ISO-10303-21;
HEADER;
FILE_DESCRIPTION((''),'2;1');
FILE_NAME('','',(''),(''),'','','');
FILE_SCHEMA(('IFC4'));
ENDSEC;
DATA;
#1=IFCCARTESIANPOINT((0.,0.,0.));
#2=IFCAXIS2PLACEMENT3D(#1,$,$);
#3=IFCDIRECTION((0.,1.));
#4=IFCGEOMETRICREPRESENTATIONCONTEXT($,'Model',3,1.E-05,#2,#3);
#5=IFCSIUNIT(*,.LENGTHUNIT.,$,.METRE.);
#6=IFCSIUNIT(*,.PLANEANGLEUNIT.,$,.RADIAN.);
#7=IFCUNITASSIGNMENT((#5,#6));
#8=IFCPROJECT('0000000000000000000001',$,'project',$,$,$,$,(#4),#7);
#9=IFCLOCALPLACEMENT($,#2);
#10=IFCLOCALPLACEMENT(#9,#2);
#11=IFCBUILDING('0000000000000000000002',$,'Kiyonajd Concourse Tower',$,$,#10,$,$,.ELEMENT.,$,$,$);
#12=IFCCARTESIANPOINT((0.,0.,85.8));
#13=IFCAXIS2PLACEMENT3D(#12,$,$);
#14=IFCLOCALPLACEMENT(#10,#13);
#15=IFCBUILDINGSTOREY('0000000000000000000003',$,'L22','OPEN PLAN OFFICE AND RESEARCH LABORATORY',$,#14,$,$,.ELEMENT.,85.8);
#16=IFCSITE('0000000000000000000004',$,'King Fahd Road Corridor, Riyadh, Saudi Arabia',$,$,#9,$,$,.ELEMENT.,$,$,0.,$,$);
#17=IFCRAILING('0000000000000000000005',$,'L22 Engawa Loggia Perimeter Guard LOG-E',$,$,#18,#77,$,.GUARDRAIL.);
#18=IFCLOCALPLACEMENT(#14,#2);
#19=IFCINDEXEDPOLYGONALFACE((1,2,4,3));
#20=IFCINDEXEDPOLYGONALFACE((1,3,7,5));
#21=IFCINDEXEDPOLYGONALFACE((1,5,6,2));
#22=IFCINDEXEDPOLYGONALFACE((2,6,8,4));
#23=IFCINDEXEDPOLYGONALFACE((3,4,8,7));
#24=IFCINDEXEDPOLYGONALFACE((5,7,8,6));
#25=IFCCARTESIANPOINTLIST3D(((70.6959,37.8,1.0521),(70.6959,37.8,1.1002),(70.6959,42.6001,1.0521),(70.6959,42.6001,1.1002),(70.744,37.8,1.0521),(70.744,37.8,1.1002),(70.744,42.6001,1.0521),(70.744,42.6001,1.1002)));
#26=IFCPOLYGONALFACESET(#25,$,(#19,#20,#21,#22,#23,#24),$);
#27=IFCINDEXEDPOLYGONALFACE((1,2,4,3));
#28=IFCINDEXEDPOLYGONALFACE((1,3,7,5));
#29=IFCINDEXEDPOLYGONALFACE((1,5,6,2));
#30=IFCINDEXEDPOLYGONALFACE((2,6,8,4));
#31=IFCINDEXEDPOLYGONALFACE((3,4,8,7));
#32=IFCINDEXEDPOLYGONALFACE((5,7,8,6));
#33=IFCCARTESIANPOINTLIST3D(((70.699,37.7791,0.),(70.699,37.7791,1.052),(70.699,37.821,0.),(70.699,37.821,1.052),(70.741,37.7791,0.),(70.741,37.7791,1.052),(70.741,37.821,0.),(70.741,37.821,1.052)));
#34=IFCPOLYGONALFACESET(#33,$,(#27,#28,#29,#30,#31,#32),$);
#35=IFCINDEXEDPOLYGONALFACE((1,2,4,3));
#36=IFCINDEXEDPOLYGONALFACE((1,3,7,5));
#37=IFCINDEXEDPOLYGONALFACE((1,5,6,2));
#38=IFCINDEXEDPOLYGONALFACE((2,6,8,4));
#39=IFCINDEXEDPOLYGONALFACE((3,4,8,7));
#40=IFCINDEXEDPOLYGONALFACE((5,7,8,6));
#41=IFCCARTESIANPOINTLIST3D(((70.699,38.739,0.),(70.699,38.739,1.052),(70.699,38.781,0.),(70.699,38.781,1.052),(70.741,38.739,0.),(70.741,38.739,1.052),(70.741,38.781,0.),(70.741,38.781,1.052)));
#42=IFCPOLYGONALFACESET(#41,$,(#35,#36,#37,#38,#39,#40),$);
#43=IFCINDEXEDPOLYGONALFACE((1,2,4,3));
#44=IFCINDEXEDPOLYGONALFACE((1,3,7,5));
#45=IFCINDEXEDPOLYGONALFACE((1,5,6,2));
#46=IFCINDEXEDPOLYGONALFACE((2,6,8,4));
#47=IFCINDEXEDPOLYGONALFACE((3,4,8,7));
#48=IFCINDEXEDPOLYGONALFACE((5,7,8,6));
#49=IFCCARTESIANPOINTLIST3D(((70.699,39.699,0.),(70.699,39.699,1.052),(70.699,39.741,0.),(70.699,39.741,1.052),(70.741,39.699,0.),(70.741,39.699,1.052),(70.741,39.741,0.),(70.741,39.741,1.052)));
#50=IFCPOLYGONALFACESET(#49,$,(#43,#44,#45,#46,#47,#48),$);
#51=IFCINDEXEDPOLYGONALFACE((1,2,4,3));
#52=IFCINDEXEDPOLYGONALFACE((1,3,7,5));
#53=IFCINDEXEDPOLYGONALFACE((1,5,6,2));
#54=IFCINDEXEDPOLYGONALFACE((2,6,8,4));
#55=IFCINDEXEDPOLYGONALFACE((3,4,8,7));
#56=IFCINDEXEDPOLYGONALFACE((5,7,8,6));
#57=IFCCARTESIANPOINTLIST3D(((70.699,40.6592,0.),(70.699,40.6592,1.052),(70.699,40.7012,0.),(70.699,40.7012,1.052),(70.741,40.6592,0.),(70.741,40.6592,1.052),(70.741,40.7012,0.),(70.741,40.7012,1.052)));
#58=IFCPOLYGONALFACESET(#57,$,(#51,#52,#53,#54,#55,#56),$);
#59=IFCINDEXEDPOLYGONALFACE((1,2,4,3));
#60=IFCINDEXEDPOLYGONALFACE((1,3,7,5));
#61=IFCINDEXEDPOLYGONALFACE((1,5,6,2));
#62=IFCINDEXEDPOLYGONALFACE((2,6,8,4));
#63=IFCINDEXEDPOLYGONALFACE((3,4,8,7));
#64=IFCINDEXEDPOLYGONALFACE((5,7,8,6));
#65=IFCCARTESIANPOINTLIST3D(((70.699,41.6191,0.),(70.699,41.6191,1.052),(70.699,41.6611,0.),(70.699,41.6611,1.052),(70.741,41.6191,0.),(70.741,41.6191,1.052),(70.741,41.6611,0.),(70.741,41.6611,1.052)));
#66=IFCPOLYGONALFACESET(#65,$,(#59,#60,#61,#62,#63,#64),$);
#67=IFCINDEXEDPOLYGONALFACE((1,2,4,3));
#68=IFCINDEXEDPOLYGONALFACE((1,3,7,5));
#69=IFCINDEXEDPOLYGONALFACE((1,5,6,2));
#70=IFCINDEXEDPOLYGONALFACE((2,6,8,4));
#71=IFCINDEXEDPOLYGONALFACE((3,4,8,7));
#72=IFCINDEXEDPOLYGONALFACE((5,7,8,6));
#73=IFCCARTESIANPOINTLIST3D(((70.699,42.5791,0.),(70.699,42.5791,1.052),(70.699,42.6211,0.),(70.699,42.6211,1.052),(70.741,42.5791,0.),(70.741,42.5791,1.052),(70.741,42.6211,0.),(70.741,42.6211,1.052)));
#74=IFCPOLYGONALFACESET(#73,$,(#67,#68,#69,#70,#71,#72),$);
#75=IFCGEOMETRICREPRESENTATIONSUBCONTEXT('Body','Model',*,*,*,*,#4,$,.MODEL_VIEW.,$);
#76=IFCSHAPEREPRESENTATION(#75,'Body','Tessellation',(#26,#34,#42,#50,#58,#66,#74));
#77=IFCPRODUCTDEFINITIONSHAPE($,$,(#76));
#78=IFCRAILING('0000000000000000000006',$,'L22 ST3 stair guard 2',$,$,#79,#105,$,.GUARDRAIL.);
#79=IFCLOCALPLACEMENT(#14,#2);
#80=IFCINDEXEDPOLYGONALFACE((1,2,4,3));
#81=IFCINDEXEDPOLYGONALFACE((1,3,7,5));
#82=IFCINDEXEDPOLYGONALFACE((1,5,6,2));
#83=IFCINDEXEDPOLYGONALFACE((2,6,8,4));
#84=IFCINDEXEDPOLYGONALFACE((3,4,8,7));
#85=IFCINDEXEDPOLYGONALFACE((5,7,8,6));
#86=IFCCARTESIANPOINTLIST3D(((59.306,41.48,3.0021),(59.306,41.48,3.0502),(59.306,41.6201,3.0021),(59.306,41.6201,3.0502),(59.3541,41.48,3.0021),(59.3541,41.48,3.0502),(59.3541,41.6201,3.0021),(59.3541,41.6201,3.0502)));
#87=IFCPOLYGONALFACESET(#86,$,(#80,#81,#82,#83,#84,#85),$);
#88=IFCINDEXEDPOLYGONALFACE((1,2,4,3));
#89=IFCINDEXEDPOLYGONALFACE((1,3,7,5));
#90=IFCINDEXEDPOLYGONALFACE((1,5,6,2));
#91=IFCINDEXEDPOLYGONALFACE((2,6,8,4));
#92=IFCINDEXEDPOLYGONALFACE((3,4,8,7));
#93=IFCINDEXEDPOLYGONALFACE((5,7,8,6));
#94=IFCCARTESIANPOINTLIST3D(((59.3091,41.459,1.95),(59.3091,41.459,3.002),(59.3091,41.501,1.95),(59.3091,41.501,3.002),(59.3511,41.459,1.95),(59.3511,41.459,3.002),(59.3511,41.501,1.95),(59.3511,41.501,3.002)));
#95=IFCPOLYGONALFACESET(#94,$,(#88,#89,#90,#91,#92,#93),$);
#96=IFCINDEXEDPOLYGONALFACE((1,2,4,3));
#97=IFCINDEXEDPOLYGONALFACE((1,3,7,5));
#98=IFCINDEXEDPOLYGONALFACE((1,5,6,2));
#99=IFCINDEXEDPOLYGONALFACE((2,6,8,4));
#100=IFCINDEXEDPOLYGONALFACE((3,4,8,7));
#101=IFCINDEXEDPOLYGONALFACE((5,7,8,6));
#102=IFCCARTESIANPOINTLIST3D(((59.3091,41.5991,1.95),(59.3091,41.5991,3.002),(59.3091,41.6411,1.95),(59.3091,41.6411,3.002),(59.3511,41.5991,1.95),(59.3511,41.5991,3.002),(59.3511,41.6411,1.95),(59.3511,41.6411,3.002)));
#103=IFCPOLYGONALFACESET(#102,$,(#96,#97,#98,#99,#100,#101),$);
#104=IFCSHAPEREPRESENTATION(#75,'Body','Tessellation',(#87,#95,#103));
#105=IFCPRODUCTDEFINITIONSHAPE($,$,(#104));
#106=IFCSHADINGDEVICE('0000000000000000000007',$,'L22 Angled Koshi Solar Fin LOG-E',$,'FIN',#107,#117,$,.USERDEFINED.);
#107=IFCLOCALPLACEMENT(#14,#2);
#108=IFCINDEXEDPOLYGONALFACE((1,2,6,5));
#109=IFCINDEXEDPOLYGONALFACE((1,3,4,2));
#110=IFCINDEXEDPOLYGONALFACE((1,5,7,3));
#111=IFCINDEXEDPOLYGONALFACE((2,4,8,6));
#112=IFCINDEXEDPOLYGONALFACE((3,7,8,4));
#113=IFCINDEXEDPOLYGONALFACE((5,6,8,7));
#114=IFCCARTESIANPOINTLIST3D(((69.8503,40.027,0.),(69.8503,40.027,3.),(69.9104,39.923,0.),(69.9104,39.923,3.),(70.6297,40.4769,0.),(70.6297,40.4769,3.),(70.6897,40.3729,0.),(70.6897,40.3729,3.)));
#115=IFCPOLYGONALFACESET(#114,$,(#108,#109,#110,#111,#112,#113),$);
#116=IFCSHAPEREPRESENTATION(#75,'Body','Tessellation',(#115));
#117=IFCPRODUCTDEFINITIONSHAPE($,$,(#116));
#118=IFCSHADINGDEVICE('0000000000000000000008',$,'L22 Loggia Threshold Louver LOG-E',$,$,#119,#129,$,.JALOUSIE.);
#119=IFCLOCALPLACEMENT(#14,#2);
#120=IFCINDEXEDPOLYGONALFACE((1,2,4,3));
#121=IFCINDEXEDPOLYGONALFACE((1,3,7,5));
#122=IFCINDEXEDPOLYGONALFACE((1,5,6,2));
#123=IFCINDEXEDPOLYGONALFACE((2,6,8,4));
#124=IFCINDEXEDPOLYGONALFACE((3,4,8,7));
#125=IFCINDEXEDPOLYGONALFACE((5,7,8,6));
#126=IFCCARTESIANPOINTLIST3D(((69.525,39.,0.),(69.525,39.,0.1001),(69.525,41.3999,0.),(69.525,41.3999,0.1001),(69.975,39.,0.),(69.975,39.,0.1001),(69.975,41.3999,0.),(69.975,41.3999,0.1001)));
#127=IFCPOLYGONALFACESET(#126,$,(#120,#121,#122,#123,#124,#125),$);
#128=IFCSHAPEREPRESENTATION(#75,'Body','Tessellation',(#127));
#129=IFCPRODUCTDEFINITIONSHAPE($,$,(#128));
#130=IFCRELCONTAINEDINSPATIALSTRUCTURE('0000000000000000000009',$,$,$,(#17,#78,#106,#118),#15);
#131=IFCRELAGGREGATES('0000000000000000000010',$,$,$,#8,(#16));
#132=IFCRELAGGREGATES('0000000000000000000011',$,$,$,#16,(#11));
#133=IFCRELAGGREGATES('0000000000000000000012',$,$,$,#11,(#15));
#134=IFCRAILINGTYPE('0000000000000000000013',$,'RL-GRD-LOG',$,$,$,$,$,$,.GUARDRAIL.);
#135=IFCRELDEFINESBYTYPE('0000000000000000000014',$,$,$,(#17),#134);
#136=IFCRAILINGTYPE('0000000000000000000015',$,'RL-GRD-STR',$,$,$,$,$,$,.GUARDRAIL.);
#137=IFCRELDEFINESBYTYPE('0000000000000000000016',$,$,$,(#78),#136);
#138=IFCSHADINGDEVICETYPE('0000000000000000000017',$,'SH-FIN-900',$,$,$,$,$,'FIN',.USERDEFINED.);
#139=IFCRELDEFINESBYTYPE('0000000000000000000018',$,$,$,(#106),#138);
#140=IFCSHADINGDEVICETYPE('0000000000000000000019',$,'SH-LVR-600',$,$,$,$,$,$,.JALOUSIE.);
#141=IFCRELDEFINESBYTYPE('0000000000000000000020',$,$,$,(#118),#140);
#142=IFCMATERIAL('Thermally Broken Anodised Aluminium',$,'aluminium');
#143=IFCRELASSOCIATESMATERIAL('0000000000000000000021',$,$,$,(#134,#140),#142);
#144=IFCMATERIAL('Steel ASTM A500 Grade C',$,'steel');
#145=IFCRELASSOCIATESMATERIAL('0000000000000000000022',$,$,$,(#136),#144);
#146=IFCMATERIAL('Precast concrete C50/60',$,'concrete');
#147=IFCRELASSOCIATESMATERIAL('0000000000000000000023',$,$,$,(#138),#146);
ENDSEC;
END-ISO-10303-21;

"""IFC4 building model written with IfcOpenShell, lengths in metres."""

from ifc_helpers import new_model, si_unit, direction, frame, origin, origin_2d, place, context, subcontext, project, spatial, rectangle, extrude, material, type_object, element, save


model = new_model("IFC4")

# Units and contexts
model_context = context("Model", 3, precision=1e-05, world=origin(), true_north=direction((0.0, 1.0)))
body_context = subcontext(model_context, "Body", "Model", "MODEL_VIEW")
ifc_project = project(units=[si_unit("LENGTHUNIT", "METRE"), si_unit("PLANEANGLEUNIT", "RADIAN")], contexts=[model_context])

# Site, building, storey
site_placement = place(None, origin())
site = spatial("IfcSite", under=ifc_project, at=site_placement, Name="King Fahd Road Corridor, Riyadh, Saudi Arabia", CompositionType="ELEMENT", RefElevation=0.0)
building_placement = place(site_placement, origin())
building = spatial("IfcBuilding", under=site, at=building_placement, Name="Kiyonajd Concourse Tower", CompositionType="ELEMENT")
storey_placement = place(building_placement, frame((0.0, 0.0, 85.8)))
storey = spatial("IfcBuildingStorey", under=building, at=storey_placement, Name="L22", Description="OPEN PLAN OFFICE AND RESEARCH LABORATORY", CompositionType="ELEMENT", Elevation=85.8)

# Shared definitions
ifc_material_1 = material(Name="Precast concrete C50/60", Category="concrete")

# Shared definitions
ifc_material_2 = material(Name="Thermally Broken Anodised Aluminium", Category="aluminium")

# Railings
railing_type_1 = type_object("IfcRailingType", Name="RL-GRD-LOG", PredefinedType="GUARDRAIL", material=ifc_material_2)
railing_1_placement = place(storey_placement, frame((70.72, 37.8, 0.0)))
element("IfcRailing", 1, at=railing_1_placement, inside=storey, type_object=railing_type_1, Name="L22 Engawa Loggia Perimeter Guard LOG-E", PredefinedType="GUARDRAIL", context=body_context, shape_type="SweptSolid", body=[
    extrude(rectangle(XDim=0.0481, YDim=0.0481, at=origin_2d()), frame((0.0, 0.0, 1.0762), z_axis=(0.0, 1.0, 0.0), x_axis=(-1.0, 0.0, 0.0)), (0.0, 0.0, 1.0), 4.8),
    extrude(rectangle(XDim=0.042, YDim=0.042, at=origin_2d()), origin(), (0.0, 0.0, 1.0), 1.052),
    extrude(rectangle(XDim=0.042, YDim=0.042, at=origin_2d()), frame((0.0, 0.96, 0.0)), (0.0, 0.0, 1.0), 1.052),
    extrude(rectangle(XDim=0.042, YDim=0.042, at=origin_2d()), frame((0.0, 1.9199, 0.0)), (0.0, 0.0, 1.0), 1.052),
    extrude(rectangle(XDim=0.042, YDim=0.042, at=origin_2d()), frame((0.0, 2.8801, 0.0)), (0.0, 0.0, 1.0), 1.052),
    extrude(rectangle(XDim=0.042, YDim=0.042, at=origin_2d()), frame((0.0, 3.8401, 0.0)), (0.0, 0.0, 1.0), 1.052),
    extrude(rectangle(XDim=0.042, YDim=0.042, at=origin_2d()), frame((0.0, 4.8, 0.0)), (0.0, 0.0, 1.0), 1.052),
])
ifc_material_3 = material(Name="Steel ASTM A500 Grade C", Category="steel")
railing_type_2 = type_object("IfcRailingType", Name="RL-GRD-STR", PredefinedType="GUARDRAIL", material=ifc_material_3)
railing_2_placement = place(storey_placement, frame((59.3301, 41.48, 1.95)))
element("IfcRailing", 2, at=railing_2_placement, inside=storey, type_object=railing_type_2, Name="L22 ST3 stair guard 2", PredefinedType="GUARDRAIL", context=body_context, shape_type="SweptSolid", body=[
    extrude(rectangle(XDim=0.0481, YDim=0.0481, at=origin_2d()), frame((0.0, 0.0, 1.0762), z_axis=(0.0, 1.0, 0.0), x_axis=(-1.0, 0.0, 0.0)), (0.0, 0.0, 1.0), 0.1401),
    extrude(rectangle(XDim=0.042, YDim=0.042, at=origin_2d()), origin(), (0.0, 0.0, 1.0), 1.052),
    extrude(rectangle(XDim=0.042, YDim=0.042, at=origin_2d()), frame((0.0, 0.1401, 0.0)), (0.0, 0.0, 1.0), 1.052),
])

# Shading devices
shading_device_type_1 = type_object("IfcShadingDeviceType", Name="SH-FIN-900", ElementType="FIN", PredefinedType="USERDEFINED", material=ifc_material_1)
shading_device_1_placement = place(storey_placement, frame((70.27, 40.2, 0.0), z_axis=(0.0, 0.0, 1.0), x_axis=(0.866025, 0.5, 0.0)))
element("IfcShadingDevice", 3, at=shading_device_1_placement, inside=storey, type_object=shading_device_type_1, Name="L22 Angled Koshi Solar Fin LOG-E", ObjectType="FIN", PredefinedType="USERDEFINED", context=body_context, shape_type="SweptSolid", body=[
    extrude(rectangle(XDim=0.8999, YDim=0.1201, at=origin_2d()), origin(), (0.0, 0.0, 1.0), 3.0),
])
shading_device_type_2 = type_object("IfcShadingDeviceType", Name="SH-LVR-600", PredefinedType="JALOUSIE", material=ifc_material_2)
shading_device_2_placement = place(storey_placement, frame((69.75, 40.2, 0.0), z_axis=(0.0, 0.0, 1.0), x_axis=(0.0, 1.0, 0.0)))
element("IfcShadingDevice", 4, at=shading_device_2_placement, inside=storey, type_object=shading_device_type_2, Name="L22 Loggia Threshold Louver LOG-E", PredefinedType="JALOUSIE", context=body_context, shape_type="SweptSolid", body=[
    extrude(rectangle(XDim=2.3999, YDim=0.45, at=origin_2d()), origin(), (0.0, 0.0, 1.0), 0.1001),
])

save(model, "model.ifc")
